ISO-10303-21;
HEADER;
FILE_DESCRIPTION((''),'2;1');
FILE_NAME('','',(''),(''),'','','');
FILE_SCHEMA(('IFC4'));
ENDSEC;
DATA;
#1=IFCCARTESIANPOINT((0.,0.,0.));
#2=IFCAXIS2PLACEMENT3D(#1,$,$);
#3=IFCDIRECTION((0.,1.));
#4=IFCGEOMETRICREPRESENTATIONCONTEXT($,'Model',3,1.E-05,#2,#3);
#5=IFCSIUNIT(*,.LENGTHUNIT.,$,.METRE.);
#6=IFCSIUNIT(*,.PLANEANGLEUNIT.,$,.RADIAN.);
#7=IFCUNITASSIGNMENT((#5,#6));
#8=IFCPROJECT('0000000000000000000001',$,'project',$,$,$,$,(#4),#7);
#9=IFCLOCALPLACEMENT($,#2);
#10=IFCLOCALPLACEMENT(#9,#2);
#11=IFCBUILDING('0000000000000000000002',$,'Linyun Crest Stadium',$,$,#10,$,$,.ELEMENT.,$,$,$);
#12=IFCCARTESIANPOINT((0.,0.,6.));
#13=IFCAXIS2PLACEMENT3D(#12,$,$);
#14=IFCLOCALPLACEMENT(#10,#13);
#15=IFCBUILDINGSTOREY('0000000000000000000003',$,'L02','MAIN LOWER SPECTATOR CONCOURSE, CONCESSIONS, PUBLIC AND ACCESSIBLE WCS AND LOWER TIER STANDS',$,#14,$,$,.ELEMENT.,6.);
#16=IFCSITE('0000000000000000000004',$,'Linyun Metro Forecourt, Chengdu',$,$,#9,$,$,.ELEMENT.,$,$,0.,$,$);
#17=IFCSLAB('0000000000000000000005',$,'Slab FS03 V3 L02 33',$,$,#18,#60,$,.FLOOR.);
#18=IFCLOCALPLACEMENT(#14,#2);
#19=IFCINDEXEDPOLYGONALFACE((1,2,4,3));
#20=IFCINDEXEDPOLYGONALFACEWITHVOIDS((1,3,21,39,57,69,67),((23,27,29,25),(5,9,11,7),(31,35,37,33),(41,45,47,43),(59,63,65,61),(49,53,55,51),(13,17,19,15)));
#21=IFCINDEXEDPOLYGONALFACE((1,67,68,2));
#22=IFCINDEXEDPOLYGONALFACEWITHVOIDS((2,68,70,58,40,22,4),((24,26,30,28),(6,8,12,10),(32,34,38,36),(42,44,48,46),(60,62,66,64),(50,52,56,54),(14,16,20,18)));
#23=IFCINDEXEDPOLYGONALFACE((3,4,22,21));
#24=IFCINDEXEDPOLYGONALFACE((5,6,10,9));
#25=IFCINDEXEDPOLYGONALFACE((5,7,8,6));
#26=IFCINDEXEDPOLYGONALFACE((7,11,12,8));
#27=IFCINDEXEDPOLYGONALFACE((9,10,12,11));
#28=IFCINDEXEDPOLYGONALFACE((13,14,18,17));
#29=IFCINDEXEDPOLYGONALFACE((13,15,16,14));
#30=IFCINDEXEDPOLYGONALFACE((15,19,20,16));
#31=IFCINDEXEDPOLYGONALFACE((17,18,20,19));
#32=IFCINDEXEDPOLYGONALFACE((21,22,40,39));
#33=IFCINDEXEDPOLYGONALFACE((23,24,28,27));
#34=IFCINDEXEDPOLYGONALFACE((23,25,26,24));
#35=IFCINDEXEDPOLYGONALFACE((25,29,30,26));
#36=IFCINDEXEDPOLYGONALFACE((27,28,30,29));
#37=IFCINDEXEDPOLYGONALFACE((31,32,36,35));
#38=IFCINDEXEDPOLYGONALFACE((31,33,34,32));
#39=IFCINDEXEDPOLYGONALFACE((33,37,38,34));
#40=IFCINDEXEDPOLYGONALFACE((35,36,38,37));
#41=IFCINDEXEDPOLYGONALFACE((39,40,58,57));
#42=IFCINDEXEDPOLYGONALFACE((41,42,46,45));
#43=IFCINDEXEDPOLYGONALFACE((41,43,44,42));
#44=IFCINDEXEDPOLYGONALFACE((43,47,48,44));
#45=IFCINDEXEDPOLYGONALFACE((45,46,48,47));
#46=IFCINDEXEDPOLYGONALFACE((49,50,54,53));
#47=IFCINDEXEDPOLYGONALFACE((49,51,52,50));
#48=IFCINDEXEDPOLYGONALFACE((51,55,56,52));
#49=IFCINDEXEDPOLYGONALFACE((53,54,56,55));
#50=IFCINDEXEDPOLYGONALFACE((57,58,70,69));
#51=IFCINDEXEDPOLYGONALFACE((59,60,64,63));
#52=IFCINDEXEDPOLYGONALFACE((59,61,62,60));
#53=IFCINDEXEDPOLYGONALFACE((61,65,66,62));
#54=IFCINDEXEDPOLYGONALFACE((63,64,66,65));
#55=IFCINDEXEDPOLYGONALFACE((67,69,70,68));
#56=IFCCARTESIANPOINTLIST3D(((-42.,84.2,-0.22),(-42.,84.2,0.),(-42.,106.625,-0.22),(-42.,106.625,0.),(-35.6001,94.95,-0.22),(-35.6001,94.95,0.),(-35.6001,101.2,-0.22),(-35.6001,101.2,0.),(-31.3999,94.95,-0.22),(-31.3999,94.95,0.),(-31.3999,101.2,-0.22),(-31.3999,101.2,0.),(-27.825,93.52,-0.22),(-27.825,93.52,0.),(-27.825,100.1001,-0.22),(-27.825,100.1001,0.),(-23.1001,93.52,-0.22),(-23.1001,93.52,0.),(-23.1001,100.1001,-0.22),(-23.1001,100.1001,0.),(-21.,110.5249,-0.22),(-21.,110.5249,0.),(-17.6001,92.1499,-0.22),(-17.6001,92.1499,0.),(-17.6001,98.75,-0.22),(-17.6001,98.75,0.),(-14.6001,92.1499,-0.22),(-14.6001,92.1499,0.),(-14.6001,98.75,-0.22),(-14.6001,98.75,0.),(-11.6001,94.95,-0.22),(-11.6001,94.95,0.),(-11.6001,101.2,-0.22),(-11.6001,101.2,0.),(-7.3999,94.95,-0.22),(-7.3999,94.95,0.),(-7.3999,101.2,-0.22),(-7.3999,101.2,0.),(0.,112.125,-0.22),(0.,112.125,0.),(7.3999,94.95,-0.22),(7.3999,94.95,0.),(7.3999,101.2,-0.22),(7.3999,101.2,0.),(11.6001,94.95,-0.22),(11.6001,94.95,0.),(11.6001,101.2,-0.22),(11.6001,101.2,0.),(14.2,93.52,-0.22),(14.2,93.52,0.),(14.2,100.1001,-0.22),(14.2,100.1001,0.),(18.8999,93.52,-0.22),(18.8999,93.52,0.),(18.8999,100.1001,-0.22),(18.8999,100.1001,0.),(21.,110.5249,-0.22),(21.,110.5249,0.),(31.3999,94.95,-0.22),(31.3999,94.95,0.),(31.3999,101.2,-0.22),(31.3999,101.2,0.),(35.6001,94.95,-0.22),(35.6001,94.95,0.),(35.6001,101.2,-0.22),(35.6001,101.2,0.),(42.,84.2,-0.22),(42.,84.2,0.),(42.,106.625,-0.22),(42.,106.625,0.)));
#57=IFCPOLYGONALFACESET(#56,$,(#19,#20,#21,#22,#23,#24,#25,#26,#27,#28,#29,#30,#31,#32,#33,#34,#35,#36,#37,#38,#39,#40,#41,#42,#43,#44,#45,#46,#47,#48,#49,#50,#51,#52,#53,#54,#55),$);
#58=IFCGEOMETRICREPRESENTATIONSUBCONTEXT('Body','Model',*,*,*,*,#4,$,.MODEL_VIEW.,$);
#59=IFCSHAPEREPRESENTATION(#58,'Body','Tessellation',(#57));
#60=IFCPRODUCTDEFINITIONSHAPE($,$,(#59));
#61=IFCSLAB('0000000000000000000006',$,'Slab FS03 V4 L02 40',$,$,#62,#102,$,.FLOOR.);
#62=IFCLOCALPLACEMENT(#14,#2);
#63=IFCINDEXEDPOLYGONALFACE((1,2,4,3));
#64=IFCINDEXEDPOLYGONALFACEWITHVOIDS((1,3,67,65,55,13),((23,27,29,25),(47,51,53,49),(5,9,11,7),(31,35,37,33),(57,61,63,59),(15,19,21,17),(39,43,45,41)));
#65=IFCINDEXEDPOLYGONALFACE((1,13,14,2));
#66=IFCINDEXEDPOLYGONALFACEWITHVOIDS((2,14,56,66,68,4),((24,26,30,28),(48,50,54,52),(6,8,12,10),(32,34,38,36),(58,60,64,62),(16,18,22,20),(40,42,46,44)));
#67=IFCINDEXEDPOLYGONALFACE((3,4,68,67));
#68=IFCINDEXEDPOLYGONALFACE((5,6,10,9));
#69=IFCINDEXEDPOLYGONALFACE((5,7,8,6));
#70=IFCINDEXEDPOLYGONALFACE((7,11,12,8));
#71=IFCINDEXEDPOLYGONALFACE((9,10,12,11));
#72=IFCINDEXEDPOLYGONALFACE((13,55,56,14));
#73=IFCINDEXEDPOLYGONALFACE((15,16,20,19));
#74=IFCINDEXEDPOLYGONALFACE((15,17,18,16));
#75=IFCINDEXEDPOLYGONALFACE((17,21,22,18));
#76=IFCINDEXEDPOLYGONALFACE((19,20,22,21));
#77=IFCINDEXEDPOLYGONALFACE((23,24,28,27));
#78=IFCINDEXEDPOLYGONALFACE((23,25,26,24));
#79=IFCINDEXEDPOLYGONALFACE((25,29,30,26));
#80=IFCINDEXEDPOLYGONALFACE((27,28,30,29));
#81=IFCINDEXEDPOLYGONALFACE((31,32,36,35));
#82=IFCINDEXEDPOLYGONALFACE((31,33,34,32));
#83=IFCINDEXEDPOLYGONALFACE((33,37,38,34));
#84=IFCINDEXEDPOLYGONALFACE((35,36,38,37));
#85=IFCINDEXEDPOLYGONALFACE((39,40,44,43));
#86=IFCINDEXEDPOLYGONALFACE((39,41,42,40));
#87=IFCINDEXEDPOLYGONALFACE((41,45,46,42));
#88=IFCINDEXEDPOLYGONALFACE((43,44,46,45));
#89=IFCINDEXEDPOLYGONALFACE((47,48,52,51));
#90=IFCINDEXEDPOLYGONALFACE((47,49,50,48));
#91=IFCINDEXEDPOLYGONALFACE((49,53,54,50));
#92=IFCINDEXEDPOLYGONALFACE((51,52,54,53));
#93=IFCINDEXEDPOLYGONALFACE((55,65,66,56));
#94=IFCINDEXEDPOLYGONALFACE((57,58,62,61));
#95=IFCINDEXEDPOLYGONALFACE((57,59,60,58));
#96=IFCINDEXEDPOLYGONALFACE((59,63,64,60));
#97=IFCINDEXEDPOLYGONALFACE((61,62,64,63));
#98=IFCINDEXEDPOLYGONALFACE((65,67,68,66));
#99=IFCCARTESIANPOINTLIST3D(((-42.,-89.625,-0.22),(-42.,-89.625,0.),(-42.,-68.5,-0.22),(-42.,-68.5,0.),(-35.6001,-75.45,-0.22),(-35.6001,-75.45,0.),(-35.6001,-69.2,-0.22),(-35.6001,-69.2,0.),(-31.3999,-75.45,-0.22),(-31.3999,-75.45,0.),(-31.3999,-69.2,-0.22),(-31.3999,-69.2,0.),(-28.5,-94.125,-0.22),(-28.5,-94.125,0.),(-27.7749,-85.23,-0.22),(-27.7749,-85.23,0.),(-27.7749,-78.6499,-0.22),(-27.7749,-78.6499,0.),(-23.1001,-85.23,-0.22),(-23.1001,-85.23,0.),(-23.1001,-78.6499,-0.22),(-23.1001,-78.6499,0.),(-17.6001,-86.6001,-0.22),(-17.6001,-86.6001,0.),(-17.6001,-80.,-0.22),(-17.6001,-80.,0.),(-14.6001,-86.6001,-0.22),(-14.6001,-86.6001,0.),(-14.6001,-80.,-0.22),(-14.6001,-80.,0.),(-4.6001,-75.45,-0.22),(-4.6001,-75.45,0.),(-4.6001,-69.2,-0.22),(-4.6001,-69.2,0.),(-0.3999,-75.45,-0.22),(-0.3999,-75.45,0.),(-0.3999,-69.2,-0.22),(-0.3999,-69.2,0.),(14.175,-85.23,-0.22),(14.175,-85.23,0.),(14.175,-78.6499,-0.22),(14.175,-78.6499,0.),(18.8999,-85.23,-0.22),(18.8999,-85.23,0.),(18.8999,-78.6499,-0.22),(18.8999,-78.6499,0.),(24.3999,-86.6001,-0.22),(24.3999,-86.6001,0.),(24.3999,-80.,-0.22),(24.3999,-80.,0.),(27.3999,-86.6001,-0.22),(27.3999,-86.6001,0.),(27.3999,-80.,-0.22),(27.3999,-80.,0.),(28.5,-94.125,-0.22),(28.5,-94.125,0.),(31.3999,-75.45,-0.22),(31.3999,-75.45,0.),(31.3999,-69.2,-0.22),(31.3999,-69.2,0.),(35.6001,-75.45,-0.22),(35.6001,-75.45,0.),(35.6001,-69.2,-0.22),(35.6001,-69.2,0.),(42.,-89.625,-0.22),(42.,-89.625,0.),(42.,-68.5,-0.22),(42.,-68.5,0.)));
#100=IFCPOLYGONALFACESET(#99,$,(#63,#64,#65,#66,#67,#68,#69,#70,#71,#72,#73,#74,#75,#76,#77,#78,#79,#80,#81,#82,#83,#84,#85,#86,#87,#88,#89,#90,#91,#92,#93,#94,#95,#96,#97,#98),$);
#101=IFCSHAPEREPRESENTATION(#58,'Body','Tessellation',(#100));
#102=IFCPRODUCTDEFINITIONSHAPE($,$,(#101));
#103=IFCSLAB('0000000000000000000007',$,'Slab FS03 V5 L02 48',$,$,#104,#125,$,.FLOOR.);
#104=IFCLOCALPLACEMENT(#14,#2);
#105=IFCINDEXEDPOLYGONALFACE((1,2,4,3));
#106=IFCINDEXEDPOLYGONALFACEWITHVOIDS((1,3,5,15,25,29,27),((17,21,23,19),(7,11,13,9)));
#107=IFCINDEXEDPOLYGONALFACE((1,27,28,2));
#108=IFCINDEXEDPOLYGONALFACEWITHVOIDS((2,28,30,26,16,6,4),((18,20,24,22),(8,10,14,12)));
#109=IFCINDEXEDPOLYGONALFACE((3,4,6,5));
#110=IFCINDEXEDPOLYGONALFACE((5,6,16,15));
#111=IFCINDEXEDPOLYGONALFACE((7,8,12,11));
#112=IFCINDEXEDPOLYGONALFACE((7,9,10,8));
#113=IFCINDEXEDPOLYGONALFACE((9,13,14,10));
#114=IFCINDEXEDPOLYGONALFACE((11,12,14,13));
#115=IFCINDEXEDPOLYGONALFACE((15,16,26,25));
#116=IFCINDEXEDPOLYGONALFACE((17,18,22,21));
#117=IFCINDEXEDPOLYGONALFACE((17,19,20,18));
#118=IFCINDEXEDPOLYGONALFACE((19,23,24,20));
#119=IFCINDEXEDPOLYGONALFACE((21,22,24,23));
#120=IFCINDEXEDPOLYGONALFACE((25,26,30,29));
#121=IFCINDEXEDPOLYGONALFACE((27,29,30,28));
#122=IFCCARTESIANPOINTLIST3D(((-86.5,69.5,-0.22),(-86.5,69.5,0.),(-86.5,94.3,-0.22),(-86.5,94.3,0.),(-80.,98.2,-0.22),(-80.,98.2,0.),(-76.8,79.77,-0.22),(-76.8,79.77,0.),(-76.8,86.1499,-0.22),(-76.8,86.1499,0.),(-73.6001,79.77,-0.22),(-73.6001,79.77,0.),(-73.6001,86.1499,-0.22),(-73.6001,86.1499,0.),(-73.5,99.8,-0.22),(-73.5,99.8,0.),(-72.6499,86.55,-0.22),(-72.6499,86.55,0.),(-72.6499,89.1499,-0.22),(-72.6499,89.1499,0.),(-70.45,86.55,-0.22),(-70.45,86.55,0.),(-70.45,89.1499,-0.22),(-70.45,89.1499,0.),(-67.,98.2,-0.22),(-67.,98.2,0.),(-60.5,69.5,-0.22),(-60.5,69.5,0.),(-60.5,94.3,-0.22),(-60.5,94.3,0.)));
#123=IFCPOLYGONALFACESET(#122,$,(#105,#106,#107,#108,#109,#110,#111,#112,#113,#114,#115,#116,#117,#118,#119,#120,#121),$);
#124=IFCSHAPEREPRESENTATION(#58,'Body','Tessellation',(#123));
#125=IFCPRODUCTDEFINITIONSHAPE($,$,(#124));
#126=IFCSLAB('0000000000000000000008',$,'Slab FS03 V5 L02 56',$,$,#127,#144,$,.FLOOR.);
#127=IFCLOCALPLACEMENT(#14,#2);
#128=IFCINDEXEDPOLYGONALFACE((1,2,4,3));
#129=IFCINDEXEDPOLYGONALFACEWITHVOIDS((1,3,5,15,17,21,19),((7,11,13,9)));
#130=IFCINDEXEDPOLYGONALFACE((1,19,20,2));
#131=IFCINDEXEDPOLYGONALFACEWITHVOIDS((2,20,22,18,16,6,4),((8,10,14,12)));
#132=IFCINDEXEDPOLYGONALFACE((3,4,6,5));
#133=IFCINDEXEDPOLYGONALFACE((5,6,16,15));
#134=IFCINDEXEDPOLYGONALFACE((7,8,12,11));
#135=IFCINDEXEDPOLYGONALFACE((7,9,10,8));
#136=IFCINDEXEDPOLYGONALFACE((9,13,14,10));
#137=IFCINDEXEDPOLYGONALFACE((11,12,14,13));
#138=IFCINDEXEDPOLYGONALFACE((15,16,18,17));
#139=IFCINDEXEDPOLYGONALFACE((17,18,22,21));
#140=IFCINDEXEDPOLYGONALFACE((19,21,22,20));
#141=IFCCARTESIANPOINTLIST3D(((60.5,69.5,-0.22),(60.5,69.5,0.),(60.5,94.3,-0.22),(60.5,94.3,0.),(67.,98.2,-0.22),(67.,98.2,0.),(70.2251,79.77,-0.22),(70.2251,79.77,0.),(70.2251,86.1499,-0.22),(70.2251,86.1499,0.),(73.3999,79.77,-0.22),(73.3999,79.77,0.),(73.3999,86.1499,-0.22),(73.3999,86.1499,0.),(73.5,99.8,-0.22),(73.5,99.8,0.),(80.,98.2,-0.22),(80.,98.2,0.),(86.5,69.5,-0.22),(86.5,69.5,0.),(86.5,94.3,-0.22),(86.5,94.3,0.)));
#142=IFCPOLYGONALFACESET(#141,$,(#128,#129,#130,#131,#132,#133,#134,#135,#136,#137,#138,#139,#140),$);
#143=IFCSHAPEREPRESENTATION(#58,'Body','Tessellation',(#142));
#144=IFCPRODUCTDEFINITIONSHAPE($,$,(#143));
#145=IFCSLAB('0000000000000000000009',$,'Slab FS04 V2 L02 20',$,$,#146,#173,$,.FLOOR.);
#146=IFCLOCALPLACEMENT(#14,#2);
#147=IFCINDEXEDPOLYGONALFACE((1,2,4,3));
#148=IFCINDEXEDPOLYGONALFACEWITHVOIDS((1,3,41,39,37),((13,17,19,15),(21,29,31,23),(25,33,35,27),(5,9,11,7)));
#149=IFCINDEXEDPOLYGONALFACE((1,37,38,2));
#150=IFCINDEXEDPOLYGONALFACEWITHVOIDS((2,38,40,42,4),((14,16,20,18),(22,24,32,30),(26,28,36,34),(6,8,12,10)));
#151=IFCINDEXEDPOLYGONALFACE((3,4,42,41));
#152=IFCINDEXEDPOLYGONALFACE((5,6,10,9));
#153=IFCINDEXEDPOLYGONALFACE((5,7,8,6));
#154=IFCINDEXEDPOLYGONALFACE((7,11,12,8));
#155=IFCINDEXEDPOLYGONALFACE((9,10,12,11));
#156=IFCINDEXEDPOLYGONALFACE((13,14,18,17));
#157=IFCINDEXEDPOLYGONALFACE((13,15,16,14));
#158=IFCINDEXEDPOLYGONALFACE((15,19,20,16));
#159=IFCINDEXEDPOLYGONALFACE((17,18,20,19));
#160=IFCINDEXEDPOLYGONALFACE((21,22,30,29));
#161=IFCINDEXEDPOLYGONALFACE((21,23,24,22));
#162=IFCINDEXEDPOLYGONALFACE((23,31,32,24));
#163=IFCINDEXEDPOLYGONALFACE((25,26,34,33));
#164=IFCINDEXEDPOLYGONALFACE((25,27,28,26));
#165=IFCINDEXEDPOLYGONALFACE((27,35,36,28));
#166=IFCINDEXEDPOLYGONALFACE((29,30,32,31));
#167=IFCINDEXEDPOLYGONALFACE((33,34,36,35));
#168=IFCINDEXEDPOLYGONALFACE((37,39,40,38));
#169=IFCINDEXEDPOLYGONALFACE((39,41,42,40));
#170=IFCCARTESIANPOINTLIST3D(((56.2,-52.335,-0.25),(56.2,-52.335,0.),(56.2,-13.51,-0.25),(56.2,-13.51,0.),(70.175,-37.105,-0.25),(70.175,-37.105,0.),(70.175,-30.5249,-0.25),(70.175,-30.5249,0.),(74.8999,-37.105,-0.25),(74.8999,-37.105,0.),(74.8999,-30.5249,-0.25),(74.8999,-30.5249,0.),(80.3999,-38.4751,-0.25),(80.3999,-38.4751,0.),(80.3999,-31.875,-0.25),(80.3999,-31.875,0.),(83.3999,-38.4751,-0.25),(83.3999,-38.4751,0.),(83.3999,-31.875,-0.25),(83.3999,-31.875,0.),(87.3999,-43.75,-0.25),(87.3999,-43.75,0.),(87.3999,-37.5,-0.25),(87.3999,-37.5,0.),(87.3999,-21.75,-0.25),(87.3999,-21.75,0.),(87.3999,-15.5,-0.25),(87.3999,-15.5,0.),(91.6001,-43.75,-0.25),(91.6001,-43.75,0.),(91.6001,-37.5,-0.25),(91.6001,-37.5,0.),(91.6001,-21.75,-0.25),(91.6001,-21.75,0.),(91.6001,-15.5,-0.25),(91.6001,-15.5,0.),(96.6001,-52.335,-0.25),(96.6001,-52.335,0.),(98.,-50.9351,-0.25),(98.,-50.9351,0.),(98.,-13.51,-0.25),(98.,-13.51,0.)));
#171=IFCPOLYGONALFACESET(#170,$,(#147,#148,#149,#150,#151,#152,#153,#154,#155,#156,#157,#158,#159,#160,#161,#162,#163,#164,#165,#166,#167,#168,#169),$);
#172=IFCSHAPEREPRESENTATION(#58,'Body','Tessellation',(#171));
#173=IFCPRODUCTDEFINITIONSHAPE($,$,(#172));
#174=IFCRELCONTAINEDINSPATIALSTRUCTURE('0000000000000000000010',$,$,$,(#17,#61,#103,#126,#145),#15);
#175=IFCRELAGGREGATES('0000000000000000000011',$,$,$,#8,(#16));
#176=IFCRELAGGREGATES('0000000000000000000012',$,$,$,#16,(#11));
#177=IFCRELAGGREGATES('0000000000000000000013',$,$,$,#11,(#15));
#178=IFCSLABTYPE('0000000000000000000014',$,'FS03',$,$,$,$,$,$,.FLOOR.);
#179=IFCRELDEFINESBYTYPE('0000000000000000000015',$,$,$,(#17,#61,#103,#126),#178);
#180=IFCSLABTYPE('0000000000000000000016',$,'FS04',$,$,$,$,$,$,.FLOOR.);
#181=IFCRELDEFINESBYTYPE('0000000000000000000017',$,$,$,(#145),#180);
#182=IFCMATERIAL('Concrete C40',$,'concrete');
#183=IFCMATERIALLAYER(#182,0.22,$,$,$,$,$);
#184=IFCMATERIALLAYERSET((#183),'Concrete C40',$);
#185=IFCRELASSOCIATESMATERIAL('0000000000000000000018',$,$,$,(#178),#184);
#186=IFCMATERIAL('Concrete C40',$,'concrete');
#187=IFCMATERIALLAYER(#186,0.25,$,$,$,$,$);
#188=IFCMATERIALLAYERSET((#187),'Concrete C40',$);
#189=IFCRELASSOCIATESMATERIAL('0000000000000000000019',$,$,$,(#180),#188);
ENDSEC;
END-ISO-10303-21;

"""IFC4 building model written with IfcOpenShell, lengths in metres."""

from ifc_helpers import new_model, si_unit, direction, frame, origin, place, context, subcontext, project, spatial, polyline, outline, extrude, material, layer, layer_set, type_object, element, save


model = new_model("IFC4")

# Units and contexts
model_context = context("Model", 3, precision=1e-05, world=origin(), true_north=direction((0.0, 1.0)))
body_context = subcontext(model_context, "Body", "Model", "MODEL_VIEW")
ifc_project = project(units=[si_unit("LENGTHUNIT", "METRE"), si_unit("PLANEANGLEUNIT", "RADIAN")], contexts=[model_context])

# Site, building, storey
site_placement = place(None, origin())
site = spatial("IfcSite", under=ifc_project, at=site_placement, Name="Linyun Metro Forecourt, Chengdu", CompositionType="ELEMENT", RefElevation=0.0)
building_placement = place(site_placement, origin())
building = spatial("IfcBuilding", under=site, at=building_placement, Name="Linyun Crest Stadium", CompositionType="ELEMENT")
storey_placement = place(building_placement, frame((0.0, 0.0, 6.0)))
storey = spatial("IfcBuildingStorey", under=building, at=storey_placement, Name="L02", Description="MAIN LOWER SPECTATOR CONCOURSE, CONCESSIONS, PUBLIC AND ACCESSIBLE WCS AND LOWER TIER STANDS", CompositionType="ELEMENT", Elevation=6.0)

# Slabs
ifc_material_1 = material(Name="Concrete C40", Category="concrete")
ifc_layer_1 = layer(ifc_material_1, 0.22)
ifc_layer_set_1 = layer_set([ifc_layer_1], Name="Concrete C40")
slab_type_1 = type_object("IfcSlabType", Name="FS03", PredefinedType="FLOOR", material=ifc_layer_set_1)
slab_1_placement = place(storey_placement, frame((0.0, 0.0, -0.22)))
element("IfcSlab", 1, at=slab_1_placement, inside=storey, type_object=slab_type_1, Name="Slab FS03 V3 L02 33", PredefinedType="FLOOR", context=body_context, shape_type="SweptSolid", body=[
    extrude(outline(polyline([(-42.0, 84.2), (42.0, 84.2), (42.0, 106.625), (21.0, 110.5249), (0.0, 112.125), (-21.0, 110.5249), (-42.0, 106.625), (-42.0, 84.2)]), holes=[polyline([(-27.825, 93.52), (-27.825, 100.1001), (-23.1001, 100.1001), (-23.1001, 93.52), (-27.825, 93.52)]), polyline([(-17.6001, 92.1499), (-17.6001, 98.75), (-14.6001, 98.75), (-14.6001, 92.1499), (-17.6001, 92.1499)]), polyline([(14.2, 93.52), (14.2, 100.1001), (18.8999, 100.1001), (18.8999, 93.52), (14.2, 93.52)]), polyline([(-35.6001, 94.95), (-35.6001, 101.2), (-31.3999, 101.2), (-31.3999, 94.95), (-35.6001, 94.95)]), polyline([(-11.6001, 94.95), (-11.6001, 101.2), (-7.3999, 101.2), (-7.3999, 94.95), (-11.6001, 94.95)]), polyline([(7.3999, 94.95), (7.3999, 101.2), (11.6001, 101.2), (11.6001, 94.95), (7.3999, 94.95)]), polyline([(31.3999, 94.95), (31.3999, 101.2), (35.6001, 101.2), (35.6001, 94.95), (31.3999, 94.95)])]), origin(), (0.0, 0.0, 1.0), 0.22),
])
slab_2_placement = place(storey_placement, frame((0.0, 0.0, -0.22)))
element("IfcSlab", 2, at=slab_2_placement, inside=storey, type_object=slab_type_1, Name="Slab FS03 V4 L02 40", PredefinedType="FLOOR", context=body_context, shape_type="SweptSolid", body=[
    extrude(outline(polyline([(-42.0, -89.625), (-28.5, -94.125), (28.5, -94.125), (42.0, -89.625), (42.0, -68.5), (-42.0, -68.5), (-42.0, -89.625)]), holes=[polyline([(-27.7749, -85.23), (-27.7749, -78.6499), (-23.1001, -78.6499), (-23.1001, -85.23), (-27.7749, -85.23)]), polyline([(-17.6001, -86.6001), (-17.6001, -80.0), (-14.6001, -80.0), (-14.6001, -86.6001), (-17.6001, -86.6001)]), polyline([(14.175, -85.23), (14.175, -78.6499), (18.8999, -78.6499), (18.8999, -85.23), (14.175, -85.23)]), polyline([(24.3999, -86.6001), (24.3999, -80.0), (27.3999, -80.0), (27.3999, -86.6001), (24.3999, -86.6001)]), polyline([(-35.6001, -75.45), (-35.6001, -69.2), (-31.3999, -69.2), (-31.3999, -75.45), (-35.6001, -75.45)]), polyline([(-4.6001, -75.45), (-4.6001, -69.2), (-0.3999, -69.2), (-0.3999, -75.45), (-4.6001, -75.45)]), polyline([(31.3999, -75.45), (31.3999, -69.2), (35.6001, -69.2), (35.6001, -75.45), (31.3999, -75.45)])]), origin(), (0.0, 0.0, 1.0), 0.22),
])
slab_3_placement = place(storey_placement, frame((0.0, 0.0, -0.22)))
element("IfcSlab", 3, at=slab_3_placement, inside=storey, type_object=slab_type_1, Name="Slab FS03 V5 L02 48", PredefinedType="FLOOR", context=body_context, shape_type="SweptSolid", body=[
    extrude(outline(polyline([(-86.5, 69.5), (-60.5, 69.5), (-60.5, 94.3), (-67.0, 98.2), (-73.5, 99.8), (-80.0, 98.2), (-86.5, 94.3), (-86.5, 69.5)]), holes=[polyline([(-76.8, 79.77), (-76.8, 86.1499), (-73.6001, 86.1499), (-73.6001, 79.77), (-76.8, 79.77)]), polyline([(-72.6499, 86.55), (-72.6499, 89.1499), (-70.45, 89.1499), (-70.45, 86.55), (-72.6499, 86.55)])]), origin(), (0.0, 0.0, 1.0), 0.22),
])
slab_4_placement = place(storey_placement, frame((0.0, 0.0, -0.22)))
element("IfcSlab", 4, at=slab_4_placement, inside=storey, type_object=slab_type_1, Name="Slab FS03 V5 L02 56", PredefinedType="FLOOR", context=body_context, shape_type="SweptSolid", body=[
    extrude(outline(polyline([(60.5, 69.5), (86.5, 69.5), (86.5, 94.3), (80.0, 98.2), (73.5, 99.8), (67.0, 98.2), (60.5, 94.3), (60.5, 69.5)]), holes=[polyline([(70.2251, 79.77), (70.2251, 86.1499), (73.3999, 86.1499), (73.3999, 79.77), (70.2251, 79.77)])]), origin(), (0.0, 0.0, 1.0), 0.22),
])
ifc_material_2 = material(Name="Concrete C40", Category="concrete")
ifc_layer_2 = layer(ifc_material_2, 0.25)
ifc_layer_set_2 = layer_set([ifc_layer_2], Name="Concrete C40")
slab_type_2 = type_object("IfcSlabType", Name="FS04", PredefinedType="FLOOR", material=ifc_layer_set_2)
slab_5_placement = place(storey_placement, frame((0.0, 0.0, -0.25)))
element("IfcSlab", 5, at=slab_5_placement, inside=storey, type_object=slab_type_2, Name="Slab FS04 V2 L02 20", PredefinedType="FLOOR", context=body_context, shape_type="SweptSolid", body=[
    extrude(outline(polyline([(56.2, -52.335), (96.6001, -52.335), (98.0, -50.9351), (98.0, -13.51), (56.2, -13.51), (56.2, -52.335)]), holes=[polyline([(70.175, -37.105), (70.175, -30.5249), (74.8999, -30.5249), (74.8999, -37.105), (70.175, -37.105)]), polyline([(80.3999, -38.4751), (80.3999, -31.875), (83.3999, -31.875), (83.3999, -38.4751), (80.3999, -38.4751)]), polyline([(87.3999, -43.75), (87.3999, -37.5), (91.6001, -37.5), (91.6001, -43.75), (87.3999, -43.75)]), polyline([(87.3999, -21.75), (87.3999, -15.5), (91.6001, -15.5), (91.6001, -21.75), (87.3999, -21.75)])]), origin(), (0.0, 0.0, 1.0), 0.25),
])

save(model, "model.ifc")
